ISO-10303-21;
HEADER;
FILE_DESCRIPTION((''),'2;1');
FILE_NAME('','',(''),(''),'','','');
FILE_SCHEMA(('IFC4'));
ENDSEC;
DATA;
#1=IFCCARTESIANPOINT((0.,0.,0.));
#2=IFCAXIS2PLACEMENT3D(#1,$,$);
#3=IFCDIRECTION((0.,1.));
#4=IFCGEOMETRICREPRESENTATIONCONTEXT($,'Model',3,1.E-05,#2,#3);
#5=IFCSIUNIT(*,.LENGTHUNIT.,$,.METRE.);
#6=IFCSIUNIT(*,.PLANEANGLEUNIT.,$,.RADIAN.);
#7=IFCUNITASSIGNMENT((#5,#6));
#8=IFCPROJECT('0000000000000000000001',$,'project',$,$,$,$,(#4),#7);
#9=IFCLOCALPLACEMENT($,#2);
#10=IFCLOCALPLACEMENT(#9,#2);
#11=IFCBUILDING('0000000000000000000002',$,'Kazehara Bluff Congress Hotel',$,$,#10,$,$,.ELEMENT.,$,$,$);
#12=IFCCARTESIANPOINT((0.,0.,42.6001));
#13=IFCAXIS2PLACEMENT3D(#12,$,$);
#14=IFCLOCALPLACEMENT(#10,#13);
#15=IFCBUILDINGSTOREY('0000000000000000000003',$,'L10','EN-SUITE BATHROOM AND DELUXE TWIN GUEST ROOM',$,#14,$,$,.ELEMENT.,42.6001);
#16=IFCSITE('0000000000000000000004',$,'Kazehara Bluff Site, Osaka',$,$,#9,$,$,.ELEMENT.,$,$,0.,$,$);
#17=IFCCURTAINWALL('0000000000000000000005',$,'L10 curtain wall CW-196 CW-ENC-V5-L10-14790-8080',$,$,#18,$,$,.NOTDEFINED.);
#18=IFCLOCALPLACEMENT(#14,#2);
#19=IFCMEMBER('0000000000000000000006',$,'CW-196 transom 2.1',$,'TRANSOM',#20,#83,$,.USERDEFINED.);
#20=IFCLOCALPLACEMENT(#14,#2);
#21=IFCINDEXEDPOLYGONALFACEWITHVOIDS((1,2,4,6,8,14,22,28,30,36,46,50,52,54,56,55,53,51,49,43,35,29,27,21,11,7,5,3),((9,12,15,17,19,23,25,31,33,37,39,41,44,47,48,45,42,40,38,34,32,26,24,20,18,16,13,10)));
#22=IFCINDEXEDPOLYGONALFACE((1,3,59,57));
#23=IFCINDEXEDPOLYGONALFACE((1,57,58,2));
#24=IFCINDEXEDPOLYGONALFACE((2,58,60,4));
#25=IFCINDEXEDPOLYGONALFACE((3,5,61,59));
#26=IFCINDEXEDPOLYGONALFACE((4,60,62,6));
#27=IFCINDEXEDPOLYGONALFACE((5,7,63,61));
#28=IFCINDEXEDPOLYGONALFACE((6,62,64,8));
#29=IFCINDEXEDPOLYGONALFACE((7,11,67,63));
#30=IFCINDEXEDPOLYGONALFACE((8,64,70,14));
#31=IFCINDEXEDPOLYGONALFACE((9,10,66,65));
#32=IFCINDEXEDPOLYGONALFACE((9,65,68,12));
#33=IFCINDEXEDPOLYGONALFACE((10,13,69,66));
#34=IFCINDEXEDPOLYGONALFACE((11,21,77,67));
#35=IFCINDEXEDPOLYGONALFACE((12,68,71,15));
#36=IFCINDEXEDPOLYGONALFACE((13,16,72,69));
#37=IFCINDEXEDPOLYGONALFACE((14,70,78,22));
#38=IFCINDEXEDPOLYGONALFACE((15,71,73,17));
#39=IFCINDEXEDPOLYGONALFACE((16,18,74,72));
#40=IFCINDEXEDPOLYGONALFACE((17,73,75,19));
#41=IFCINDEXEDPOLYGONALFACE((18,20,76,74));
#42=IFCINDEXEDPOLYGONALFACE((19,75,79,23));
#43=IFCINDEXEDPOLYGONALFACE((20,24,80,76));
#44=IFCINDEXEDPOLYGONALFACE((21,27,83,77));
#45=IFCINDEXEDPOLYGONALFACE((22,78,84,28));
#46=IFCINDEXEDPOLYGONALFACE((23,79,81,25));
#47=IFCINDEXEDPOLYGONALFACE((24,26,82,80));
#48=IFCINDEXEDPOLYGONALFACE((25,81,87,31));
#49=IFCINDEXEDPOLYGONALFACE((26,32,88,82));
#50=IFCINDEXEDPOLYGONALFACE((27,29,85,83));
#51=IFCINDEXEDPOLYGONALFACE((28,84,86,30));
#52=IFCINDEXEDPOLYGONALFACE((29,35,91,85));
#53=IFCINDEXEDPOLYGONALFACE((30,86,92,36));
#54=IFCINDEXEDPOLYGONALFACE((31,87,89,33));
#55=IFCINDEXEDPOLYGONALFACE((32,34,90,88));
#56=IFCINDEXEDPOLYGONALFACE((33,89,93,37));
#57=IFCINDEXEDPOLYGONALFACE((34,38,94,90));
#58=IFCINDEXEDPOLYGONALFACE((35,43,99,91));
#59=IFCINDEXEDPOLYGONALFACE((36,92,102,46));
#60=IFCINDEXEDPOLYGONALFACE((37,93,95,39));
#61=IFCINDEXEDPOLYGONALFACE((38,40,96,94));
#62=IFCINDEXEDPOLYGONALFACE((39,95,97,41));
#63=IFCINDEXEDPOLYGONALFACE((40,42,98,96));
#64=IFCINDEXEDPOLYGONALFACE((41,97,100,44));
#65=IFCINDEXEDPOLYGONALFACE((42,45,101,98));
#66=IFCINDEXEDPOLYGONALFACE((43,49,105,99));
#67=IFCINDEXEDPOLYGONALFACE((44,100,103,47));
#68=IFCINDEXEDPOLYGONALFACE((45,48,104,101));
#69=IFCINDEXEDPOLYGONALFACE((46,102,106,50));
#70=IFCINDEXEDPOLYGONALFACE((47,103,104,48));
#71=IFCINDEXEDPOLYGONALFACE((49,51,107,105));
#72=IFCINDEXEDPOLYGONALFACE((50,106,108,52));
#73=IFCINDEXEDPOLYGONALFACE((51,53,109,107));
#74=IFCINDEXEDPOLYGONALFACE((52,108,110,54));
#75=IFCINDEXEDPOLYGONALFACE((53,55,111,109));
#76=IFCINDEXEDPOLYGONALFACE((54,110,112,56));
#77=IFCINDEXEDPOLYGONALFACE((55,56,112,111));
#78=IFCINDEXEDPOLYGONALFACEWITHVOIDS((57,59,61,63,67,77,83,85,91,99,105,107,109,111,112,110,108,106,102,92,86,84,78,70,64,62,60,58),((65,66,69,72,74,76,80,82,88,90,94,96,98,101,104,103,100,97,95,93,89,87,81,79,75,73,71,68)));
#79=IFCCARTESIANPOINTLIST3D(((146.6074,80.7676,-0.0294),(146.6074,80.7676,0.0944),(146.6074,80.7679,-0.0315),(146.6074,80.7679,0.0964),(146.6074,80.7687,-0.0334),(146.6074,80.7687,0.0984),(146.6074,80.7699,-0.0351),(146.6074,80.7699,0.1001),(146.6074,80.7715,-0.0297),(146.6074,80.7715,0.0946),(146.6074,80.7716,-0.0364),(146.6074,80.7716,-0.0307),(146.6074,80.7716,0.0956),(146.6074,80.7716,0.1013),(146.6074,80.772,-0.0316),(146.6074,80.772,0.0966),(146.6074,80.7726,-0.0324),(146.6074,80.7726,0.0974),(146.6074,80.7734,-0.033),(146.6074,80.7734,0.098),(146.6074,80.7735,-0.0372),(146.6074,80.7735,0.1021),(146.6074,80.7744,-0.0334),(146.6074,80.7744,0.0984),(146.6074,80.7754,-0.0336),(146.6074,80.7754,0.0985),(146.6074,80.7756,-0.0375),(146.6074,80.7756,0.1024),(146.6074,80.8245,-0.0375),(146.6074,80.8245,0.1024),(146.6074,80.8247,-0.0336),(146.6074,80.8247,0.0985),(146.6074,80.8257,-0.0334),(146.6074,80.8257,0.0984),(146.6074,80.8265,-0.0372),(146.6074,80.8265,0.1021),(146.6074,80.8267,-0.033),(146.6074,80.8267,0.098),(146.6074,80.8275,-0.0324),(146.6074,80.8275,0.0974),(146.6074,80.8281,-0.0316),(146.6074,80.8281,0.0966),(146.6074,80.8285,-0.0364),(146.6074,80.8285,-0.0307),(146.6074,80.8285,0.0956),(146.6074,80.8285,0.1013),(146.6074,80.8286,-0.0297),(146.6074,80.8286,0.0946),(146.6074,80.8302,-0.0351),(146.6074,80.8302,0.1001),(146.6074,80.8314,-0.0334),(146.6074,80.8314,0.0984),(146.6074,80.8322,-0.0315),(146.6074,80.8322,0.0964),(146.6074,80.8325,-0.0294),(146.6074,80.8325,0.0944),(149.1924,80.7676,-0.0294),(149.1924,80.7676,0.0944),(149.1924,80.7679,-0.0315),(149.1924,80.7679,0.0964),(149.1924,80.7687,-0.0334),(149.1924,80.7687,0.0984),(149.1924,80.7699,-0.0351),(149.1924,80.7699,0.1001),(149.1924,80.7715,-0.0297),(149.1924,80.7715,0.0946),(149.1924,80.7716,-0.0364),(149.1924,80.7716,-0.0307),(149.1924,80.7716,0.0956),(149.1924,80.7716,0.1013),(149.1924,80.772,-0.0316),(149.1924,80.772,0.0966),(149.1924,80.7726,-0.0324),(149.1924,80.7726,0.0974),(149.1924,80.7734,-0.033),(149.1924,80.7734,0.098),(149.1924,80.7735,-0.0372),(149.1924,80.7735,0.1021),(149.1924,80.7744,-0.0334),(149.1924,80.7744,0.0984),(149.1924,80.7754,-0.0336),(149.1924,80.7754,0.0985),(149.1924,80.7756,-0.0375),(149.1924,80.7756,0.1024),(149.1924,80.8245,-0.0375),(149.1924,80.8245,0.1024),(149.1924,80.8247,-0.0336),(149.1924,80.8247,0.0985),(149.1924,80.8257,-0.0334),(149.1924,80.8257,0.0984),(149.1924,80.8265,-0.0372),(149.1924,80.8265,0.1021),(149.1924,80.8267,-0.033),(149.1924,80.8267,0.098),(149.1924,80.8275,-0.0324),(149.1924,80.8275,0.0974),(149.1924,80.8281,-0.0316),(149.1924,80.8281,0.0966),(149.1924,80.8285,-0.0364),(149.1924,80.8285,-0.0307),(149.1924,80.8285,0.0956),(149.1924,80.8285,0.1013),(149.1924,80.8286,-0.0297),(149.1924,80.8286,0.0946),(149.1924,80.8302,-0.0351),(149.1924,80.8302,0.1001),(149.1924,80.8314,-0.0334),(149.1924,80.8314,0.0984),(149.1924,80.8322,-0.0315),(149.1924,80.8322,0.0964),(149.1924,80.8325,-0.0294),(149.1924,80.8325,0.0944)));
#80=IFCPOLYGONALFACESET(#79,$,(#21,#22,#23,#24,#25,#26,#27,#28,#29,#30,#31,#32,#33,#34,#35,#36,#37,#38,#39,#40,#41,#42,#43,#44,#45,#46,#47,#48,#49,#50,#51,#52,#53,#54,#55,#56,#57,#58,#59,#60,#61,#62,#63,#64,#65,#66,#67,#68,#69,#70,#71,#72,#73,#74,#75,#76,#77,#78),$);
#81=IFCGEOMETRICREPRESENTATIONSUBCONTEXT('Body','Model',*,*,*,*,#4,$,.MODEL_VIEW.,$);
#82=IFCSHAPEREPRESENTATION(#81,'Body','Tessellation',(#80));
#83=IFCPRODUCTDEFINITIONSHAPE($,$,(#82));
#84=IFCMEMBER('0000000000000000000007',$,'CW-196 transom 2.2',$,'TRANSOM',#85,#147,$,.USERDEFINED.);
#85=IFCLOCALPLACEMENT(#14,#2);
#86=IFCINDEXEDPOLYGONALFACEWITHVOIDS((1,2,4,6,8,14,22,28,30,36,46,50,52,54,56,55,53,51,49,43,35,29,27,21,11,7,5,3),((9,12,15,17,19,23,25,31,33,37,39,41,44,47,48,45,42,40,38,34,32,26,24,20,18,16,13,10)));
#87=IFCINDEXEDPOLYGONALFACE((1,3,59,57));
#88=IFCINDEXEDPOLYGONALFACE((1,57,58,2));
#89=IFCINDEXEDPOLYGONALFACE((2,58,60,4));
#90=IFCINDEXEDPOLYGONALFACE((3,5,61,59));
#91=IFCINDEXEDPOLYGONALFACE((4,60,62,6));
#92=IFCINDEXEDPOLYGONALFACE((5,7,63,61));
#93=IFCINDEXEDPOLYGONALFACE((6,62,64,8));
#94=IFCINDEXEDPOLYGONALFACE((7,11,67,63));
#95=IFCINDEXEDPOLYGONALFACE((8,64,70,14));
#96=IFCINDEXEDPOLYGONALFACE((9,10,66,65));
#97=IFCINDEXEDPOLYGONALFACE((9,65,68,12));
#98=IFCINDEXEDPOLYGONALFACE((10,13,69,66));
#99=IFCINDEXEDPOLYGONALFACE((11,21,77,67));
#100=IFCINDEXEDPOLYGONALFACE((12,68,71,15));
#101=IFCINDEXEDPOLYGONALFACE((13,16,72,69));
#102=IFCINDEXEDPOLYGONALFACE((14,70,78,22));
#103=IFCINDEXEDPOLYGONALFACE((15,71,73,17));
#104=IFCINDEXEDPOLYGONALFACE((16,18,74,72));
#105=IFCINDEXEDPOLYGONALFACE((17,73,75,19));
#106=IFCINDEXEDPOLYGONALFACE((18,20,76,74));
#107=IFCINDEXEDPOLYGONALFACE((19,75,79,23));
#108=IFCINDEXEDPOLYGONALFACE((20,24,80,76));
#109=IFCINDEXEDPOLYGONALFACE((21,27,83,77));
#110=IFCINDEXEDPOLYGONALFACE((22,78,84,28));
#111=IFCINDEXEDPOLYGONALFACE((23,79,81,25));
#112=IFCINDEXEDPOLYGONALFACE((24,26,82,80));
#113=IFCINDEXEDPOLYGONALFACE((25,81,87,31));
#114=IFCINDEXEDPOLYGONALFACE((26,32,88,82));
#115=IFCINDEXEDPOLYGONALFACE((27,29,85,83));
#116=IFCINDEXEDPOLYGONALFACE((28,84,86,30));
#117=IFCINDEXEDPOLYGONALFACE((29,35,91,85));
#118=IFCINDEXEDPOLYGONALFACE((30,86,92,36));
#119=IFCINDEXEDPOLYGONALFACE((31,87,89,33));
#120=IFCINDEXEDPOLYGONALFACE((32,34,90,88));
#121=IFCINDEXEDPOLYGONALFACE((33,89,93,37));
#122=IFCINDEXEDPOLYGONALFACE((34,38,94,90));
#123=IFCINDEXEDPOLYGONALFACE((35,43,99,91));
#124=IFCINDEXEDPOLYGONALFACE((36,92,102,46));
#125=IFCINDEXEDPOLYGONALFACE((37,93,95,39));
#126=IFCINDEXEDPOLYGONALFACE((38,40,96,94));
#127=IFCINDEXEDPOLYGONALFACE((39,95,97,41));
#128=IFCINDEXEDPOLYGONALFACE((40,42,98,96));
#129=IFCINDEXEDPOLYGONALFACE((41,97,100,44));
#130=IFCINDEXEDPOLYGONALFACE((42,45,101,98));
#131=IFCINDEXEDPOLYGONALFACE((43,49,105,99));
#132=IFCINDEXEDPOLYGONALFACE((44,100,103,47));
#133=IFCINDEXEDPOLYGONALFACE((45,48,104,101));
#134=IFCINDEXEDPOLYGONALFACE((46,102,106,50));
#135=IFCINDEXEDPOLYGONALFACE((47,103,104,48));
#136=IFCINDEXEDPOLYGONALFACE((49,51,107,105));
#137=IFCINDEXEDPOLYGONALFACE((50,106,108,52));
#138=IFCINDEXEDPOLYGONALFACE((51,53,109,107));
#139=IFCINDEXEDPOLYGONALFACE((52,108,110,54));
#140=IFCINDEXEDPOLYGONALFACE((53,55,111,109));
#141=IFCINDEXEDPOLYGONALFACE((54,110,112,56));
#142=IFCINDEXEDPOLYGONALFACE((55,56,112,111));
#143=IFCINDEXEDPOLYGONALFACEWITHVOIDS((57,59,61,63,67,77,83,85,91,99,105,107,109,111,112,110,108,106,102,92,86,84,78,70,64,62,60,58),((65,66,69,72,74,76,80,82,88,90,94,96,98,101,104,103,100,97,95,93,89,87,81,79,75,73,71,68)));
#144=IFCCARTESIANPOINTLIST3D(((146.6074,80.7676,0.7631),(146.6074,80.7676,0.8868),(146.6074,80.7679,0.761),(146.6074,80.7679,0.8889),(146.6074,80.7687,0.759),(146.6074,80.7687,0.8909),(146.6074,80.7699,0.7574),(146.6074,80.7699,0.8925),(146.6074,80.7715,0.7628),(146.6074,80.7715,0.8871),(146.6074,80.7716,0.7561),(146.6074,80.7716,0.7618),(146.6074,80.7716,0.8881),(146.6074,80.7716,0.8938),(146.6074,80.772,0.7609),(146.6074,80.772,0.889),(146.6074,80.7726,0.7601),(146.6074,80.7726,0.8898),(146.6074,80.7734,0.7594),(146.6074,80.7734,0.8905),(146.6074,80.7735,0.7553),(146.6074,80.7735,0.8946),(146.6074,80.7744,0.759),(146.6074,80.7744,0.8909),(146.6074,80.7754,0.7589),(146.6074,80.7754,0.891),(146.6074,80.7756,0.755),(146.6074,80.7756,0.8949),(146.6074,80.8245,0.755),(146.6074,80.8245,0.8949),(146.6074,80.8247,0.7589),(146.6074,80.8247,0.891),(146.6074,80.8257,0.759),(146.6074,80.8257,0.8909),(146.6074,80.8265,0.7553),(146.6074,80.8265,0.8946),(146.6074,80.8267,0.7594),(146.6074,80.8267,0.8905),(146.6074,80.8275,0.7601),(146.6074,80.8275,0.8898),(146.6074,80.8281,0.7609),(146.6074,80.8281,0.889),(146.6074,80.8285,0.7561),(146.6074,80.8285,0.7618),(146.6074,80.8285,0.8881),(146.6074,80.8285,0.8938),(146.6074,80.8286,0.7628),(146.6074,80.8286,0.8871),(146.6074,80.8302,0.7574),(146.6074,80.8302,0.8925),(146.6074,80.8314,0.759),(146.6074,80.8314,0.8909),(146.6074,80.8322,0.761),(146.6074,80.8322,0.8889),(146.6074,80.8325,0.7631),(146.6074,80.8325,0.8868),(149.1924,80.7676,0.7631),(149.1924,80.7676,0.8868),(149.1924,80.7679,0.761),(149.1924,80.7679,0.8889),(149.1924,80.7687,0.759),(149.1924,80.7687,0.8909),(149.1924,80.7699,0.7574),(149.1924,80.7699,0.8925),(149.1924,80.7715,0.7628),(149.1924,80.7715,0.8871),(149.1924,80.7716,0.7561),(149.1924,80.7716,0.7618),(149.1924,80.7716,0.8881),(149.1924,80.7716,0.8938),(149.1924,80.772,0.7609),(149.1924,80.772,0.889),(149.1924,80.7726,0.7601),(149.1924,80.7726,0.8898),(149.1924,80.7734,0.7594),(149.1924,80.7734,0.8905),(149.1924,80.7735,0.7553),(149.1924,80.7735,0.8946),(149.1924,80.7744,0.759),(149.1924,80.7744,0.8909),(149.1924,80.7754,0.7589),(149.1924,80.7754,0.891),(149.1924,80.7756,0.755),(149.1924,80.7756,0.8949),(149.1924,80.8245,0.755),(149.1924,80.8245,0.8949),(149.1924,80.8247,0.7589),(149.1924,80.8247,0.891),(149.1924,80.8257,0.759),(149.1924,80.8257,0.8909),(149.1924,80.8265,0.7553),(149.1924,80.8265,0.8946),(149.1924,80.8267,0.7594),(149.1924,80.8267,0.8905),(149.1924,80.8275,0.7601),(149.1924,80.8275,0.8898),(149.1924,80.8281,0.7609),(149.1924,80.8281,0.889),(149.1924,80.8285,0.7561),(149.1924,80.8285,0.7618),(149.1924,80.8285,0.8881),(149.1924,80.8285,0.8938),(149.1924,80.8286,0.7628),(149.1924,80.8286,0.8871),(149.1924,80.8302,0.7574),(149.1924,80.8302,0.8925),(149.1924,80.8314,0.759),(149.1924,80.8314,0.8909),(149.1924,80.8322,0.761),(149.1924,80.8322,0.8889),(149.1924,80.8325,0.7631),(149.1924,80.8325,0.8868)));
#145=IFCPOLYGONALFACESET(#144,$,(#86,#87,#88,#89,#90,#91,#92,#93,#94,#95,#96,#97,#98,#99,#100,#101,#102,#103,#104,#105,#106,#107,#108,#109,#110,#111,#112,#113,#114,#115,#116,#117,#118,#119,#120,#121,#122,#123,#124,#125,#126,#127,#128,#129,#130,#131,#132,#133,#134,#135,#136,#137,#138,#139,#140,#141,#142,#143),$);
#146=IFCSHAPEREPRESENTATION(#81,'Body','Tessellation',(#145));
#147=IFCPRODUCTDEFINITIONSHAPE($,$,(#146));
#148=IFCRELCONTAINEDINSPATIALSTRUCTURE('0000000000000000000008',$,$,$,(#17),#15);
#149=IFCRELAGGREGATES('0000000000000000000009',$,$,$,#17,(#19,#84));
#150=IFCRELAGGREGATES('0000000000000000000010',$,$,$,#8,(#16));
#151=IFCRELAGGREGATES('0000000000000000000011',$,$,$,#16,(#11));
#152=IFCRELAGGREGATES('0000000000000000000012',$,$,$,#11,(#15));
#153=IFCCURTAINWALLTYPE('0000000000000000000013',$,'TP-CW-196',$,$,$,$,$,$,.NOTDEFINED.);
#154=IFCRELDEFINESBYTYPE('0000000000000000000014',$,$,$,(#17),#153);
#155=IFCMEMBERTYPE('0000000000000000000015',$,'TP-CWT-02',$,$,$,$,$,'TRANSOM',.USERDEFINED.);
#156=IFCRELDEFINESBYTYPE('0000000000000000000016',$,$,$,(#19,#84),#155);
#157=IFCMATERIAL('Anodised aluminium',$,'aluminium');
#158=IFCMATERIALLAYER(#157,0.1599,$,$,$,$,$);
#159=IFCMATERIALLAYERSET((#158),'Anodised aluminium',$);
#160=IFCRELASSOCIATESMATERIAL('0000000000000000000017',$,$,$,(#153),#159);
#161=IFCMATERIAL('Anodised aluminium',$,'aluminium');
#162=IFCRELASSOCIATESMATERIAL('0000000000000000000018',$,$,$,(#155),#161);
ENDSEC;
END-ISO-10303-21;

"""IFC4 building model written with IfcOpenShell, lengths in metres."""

from ifc_helpers import new_model, si_unit, direction, frame, origin, origin_2d, place, context, subcontext, project, spatial, hollow_rectangle, extrude, material, layer, layer_set, material_profile, profile_set, type_object, element, aggregate, save


model = new_model("IFC4")

# Units and contexts
model_context = context("Model", 3, precision=1e-05, world=origin(), true_north=direction((0.0, 1.0)))
body_context = subcontext(model_context, "Body", "Model", "MODEL_VIEW")
ifc_project = project(units=[si_unit("LENGTHUNIT", "METRE"), si_unit("PLANEANGLEUNIT", "RADIAN")], contexts=[model_context])

# Site, building, storey
site_placement = place(None, origin())
site = spatial("IfcSite", under=ifc_project, at=site_placement, Name="Kazehara Bluff Site, Osaka", CompositionType="ELEMENT", RefElevation=0.0)
building_placement = place(site_placement, origin())
building = spatial("IfcBuilding", under=site, at=building_placement, Name="Kazehara Bluff Congress Hotel", CompositionType="ELEMENT")
storey_placement = place(building_placement, frame((0.0, 0.0, 42.6001)))
storey = spatial("IfcBuildingStorey", under=building, at=storey_placement, Name="L10", Description="EN-SUITE BATHROOM AND DELUXE TWIN GUEST ROOM", CompositionType="ELEMENT", Elevation=42.6001)

# Curtain wall, members
ifc_material_1 = material(Name="Anodised aluminium", Category="aluminium")
ifc_layer_1 = layer(ifc_material_1, 0.1599)
ifc_layer_set_1 = layer_set([ifc_layer_1], Name="Anodised aluminium")
curtain_wall_type = type_object("IfcCurtainWallType", Name="TP-CW-196", PredefinedType="NOTDEFINED", material=ifc_layer_set_1)
curtain_wall_placement = place(storey_placement, origin())
curtain_wall = element("IfcCurtainWall", 1, at=curtain_wall_placement, inside=storey, type_object=curtain_wall_type, Name="L10 curtain wall CW-196 CW-ENC-V5-L10-14790-8080", PredefinedType="NOTDEFINED")
ifc_material_2 = material(Name="Anodised aluminium", Category="aluminium")
ifc_material_profile_1 = material_profile(ifc_material_2, hollow_rectangle(XDim=0.0649, YDim=0.1399, WallThickness=0.0039, InnerFilletRadius=0.0039, OuterFilletRadius=0.0081, at=origin_2d()))
ifc_profile_set_1 = profile_set([ifc_material_profile_1], Name="Anodised aluminium")
member_type_1 = type_object("IfcMemberType", Name="TP-CWT-02", ElementType="TRANSOM", PredefinedType="USERDEFINED", material=ifc_profile_set_1)
member_1_placement = place(storey_placement, frame((146.6074, 80.8, 0.0325), z_axis=(1.0, 0.0, 0.0), x_axis=(0.0, 1.0, 0.0)))
member_1 = element("IfcMember", 2, at=member_1_placement, type_object=member_type_1, Name="CW-196 transom 2.1", ObjectType="TRANSOM", PredefinedType="USERDEFINED", context=body_context, shape_type="SweptSolid", body=[
    extrude(hollow_rectangle(XDim=0.0649, YDim=0.1399, WallThickness=0.0039, InnerFilletRadius=0.0039, OuterFilletRadius=0.0081, at=origin_2d()), origin(), (0.0, 0.0, 1.0), 2.585),
])
member_2_placement = place(storey_placement, frame((146.6074, 80.8, 0.825), z_axis=(1.0, 0.0, 0.0), x_axis=(0.0, 1.0, 0.0)))
member_2 = element("IfcMember", 3, at=member_2_placement, type_object=member_type_1, Name="CW-196 transom 2.2", ObjectType="TRANSOM", PredefinedType="USERDEFINED", context=body_context, shape_type="SweptSolid", body=[
    extrude(hollow_rectangle(XDim=0.0649, YDim=0.1399, WallThickness=0.0039, InnerFilletRadius=0.0039, OuterFilletRadius=0.0081, at=origin_2d()), origin(), (0.0, 0.0, 1.0), 2.585),
])

aggregate(curtain_wall, [member_1, member_2])

save(model, "model.ifc")
